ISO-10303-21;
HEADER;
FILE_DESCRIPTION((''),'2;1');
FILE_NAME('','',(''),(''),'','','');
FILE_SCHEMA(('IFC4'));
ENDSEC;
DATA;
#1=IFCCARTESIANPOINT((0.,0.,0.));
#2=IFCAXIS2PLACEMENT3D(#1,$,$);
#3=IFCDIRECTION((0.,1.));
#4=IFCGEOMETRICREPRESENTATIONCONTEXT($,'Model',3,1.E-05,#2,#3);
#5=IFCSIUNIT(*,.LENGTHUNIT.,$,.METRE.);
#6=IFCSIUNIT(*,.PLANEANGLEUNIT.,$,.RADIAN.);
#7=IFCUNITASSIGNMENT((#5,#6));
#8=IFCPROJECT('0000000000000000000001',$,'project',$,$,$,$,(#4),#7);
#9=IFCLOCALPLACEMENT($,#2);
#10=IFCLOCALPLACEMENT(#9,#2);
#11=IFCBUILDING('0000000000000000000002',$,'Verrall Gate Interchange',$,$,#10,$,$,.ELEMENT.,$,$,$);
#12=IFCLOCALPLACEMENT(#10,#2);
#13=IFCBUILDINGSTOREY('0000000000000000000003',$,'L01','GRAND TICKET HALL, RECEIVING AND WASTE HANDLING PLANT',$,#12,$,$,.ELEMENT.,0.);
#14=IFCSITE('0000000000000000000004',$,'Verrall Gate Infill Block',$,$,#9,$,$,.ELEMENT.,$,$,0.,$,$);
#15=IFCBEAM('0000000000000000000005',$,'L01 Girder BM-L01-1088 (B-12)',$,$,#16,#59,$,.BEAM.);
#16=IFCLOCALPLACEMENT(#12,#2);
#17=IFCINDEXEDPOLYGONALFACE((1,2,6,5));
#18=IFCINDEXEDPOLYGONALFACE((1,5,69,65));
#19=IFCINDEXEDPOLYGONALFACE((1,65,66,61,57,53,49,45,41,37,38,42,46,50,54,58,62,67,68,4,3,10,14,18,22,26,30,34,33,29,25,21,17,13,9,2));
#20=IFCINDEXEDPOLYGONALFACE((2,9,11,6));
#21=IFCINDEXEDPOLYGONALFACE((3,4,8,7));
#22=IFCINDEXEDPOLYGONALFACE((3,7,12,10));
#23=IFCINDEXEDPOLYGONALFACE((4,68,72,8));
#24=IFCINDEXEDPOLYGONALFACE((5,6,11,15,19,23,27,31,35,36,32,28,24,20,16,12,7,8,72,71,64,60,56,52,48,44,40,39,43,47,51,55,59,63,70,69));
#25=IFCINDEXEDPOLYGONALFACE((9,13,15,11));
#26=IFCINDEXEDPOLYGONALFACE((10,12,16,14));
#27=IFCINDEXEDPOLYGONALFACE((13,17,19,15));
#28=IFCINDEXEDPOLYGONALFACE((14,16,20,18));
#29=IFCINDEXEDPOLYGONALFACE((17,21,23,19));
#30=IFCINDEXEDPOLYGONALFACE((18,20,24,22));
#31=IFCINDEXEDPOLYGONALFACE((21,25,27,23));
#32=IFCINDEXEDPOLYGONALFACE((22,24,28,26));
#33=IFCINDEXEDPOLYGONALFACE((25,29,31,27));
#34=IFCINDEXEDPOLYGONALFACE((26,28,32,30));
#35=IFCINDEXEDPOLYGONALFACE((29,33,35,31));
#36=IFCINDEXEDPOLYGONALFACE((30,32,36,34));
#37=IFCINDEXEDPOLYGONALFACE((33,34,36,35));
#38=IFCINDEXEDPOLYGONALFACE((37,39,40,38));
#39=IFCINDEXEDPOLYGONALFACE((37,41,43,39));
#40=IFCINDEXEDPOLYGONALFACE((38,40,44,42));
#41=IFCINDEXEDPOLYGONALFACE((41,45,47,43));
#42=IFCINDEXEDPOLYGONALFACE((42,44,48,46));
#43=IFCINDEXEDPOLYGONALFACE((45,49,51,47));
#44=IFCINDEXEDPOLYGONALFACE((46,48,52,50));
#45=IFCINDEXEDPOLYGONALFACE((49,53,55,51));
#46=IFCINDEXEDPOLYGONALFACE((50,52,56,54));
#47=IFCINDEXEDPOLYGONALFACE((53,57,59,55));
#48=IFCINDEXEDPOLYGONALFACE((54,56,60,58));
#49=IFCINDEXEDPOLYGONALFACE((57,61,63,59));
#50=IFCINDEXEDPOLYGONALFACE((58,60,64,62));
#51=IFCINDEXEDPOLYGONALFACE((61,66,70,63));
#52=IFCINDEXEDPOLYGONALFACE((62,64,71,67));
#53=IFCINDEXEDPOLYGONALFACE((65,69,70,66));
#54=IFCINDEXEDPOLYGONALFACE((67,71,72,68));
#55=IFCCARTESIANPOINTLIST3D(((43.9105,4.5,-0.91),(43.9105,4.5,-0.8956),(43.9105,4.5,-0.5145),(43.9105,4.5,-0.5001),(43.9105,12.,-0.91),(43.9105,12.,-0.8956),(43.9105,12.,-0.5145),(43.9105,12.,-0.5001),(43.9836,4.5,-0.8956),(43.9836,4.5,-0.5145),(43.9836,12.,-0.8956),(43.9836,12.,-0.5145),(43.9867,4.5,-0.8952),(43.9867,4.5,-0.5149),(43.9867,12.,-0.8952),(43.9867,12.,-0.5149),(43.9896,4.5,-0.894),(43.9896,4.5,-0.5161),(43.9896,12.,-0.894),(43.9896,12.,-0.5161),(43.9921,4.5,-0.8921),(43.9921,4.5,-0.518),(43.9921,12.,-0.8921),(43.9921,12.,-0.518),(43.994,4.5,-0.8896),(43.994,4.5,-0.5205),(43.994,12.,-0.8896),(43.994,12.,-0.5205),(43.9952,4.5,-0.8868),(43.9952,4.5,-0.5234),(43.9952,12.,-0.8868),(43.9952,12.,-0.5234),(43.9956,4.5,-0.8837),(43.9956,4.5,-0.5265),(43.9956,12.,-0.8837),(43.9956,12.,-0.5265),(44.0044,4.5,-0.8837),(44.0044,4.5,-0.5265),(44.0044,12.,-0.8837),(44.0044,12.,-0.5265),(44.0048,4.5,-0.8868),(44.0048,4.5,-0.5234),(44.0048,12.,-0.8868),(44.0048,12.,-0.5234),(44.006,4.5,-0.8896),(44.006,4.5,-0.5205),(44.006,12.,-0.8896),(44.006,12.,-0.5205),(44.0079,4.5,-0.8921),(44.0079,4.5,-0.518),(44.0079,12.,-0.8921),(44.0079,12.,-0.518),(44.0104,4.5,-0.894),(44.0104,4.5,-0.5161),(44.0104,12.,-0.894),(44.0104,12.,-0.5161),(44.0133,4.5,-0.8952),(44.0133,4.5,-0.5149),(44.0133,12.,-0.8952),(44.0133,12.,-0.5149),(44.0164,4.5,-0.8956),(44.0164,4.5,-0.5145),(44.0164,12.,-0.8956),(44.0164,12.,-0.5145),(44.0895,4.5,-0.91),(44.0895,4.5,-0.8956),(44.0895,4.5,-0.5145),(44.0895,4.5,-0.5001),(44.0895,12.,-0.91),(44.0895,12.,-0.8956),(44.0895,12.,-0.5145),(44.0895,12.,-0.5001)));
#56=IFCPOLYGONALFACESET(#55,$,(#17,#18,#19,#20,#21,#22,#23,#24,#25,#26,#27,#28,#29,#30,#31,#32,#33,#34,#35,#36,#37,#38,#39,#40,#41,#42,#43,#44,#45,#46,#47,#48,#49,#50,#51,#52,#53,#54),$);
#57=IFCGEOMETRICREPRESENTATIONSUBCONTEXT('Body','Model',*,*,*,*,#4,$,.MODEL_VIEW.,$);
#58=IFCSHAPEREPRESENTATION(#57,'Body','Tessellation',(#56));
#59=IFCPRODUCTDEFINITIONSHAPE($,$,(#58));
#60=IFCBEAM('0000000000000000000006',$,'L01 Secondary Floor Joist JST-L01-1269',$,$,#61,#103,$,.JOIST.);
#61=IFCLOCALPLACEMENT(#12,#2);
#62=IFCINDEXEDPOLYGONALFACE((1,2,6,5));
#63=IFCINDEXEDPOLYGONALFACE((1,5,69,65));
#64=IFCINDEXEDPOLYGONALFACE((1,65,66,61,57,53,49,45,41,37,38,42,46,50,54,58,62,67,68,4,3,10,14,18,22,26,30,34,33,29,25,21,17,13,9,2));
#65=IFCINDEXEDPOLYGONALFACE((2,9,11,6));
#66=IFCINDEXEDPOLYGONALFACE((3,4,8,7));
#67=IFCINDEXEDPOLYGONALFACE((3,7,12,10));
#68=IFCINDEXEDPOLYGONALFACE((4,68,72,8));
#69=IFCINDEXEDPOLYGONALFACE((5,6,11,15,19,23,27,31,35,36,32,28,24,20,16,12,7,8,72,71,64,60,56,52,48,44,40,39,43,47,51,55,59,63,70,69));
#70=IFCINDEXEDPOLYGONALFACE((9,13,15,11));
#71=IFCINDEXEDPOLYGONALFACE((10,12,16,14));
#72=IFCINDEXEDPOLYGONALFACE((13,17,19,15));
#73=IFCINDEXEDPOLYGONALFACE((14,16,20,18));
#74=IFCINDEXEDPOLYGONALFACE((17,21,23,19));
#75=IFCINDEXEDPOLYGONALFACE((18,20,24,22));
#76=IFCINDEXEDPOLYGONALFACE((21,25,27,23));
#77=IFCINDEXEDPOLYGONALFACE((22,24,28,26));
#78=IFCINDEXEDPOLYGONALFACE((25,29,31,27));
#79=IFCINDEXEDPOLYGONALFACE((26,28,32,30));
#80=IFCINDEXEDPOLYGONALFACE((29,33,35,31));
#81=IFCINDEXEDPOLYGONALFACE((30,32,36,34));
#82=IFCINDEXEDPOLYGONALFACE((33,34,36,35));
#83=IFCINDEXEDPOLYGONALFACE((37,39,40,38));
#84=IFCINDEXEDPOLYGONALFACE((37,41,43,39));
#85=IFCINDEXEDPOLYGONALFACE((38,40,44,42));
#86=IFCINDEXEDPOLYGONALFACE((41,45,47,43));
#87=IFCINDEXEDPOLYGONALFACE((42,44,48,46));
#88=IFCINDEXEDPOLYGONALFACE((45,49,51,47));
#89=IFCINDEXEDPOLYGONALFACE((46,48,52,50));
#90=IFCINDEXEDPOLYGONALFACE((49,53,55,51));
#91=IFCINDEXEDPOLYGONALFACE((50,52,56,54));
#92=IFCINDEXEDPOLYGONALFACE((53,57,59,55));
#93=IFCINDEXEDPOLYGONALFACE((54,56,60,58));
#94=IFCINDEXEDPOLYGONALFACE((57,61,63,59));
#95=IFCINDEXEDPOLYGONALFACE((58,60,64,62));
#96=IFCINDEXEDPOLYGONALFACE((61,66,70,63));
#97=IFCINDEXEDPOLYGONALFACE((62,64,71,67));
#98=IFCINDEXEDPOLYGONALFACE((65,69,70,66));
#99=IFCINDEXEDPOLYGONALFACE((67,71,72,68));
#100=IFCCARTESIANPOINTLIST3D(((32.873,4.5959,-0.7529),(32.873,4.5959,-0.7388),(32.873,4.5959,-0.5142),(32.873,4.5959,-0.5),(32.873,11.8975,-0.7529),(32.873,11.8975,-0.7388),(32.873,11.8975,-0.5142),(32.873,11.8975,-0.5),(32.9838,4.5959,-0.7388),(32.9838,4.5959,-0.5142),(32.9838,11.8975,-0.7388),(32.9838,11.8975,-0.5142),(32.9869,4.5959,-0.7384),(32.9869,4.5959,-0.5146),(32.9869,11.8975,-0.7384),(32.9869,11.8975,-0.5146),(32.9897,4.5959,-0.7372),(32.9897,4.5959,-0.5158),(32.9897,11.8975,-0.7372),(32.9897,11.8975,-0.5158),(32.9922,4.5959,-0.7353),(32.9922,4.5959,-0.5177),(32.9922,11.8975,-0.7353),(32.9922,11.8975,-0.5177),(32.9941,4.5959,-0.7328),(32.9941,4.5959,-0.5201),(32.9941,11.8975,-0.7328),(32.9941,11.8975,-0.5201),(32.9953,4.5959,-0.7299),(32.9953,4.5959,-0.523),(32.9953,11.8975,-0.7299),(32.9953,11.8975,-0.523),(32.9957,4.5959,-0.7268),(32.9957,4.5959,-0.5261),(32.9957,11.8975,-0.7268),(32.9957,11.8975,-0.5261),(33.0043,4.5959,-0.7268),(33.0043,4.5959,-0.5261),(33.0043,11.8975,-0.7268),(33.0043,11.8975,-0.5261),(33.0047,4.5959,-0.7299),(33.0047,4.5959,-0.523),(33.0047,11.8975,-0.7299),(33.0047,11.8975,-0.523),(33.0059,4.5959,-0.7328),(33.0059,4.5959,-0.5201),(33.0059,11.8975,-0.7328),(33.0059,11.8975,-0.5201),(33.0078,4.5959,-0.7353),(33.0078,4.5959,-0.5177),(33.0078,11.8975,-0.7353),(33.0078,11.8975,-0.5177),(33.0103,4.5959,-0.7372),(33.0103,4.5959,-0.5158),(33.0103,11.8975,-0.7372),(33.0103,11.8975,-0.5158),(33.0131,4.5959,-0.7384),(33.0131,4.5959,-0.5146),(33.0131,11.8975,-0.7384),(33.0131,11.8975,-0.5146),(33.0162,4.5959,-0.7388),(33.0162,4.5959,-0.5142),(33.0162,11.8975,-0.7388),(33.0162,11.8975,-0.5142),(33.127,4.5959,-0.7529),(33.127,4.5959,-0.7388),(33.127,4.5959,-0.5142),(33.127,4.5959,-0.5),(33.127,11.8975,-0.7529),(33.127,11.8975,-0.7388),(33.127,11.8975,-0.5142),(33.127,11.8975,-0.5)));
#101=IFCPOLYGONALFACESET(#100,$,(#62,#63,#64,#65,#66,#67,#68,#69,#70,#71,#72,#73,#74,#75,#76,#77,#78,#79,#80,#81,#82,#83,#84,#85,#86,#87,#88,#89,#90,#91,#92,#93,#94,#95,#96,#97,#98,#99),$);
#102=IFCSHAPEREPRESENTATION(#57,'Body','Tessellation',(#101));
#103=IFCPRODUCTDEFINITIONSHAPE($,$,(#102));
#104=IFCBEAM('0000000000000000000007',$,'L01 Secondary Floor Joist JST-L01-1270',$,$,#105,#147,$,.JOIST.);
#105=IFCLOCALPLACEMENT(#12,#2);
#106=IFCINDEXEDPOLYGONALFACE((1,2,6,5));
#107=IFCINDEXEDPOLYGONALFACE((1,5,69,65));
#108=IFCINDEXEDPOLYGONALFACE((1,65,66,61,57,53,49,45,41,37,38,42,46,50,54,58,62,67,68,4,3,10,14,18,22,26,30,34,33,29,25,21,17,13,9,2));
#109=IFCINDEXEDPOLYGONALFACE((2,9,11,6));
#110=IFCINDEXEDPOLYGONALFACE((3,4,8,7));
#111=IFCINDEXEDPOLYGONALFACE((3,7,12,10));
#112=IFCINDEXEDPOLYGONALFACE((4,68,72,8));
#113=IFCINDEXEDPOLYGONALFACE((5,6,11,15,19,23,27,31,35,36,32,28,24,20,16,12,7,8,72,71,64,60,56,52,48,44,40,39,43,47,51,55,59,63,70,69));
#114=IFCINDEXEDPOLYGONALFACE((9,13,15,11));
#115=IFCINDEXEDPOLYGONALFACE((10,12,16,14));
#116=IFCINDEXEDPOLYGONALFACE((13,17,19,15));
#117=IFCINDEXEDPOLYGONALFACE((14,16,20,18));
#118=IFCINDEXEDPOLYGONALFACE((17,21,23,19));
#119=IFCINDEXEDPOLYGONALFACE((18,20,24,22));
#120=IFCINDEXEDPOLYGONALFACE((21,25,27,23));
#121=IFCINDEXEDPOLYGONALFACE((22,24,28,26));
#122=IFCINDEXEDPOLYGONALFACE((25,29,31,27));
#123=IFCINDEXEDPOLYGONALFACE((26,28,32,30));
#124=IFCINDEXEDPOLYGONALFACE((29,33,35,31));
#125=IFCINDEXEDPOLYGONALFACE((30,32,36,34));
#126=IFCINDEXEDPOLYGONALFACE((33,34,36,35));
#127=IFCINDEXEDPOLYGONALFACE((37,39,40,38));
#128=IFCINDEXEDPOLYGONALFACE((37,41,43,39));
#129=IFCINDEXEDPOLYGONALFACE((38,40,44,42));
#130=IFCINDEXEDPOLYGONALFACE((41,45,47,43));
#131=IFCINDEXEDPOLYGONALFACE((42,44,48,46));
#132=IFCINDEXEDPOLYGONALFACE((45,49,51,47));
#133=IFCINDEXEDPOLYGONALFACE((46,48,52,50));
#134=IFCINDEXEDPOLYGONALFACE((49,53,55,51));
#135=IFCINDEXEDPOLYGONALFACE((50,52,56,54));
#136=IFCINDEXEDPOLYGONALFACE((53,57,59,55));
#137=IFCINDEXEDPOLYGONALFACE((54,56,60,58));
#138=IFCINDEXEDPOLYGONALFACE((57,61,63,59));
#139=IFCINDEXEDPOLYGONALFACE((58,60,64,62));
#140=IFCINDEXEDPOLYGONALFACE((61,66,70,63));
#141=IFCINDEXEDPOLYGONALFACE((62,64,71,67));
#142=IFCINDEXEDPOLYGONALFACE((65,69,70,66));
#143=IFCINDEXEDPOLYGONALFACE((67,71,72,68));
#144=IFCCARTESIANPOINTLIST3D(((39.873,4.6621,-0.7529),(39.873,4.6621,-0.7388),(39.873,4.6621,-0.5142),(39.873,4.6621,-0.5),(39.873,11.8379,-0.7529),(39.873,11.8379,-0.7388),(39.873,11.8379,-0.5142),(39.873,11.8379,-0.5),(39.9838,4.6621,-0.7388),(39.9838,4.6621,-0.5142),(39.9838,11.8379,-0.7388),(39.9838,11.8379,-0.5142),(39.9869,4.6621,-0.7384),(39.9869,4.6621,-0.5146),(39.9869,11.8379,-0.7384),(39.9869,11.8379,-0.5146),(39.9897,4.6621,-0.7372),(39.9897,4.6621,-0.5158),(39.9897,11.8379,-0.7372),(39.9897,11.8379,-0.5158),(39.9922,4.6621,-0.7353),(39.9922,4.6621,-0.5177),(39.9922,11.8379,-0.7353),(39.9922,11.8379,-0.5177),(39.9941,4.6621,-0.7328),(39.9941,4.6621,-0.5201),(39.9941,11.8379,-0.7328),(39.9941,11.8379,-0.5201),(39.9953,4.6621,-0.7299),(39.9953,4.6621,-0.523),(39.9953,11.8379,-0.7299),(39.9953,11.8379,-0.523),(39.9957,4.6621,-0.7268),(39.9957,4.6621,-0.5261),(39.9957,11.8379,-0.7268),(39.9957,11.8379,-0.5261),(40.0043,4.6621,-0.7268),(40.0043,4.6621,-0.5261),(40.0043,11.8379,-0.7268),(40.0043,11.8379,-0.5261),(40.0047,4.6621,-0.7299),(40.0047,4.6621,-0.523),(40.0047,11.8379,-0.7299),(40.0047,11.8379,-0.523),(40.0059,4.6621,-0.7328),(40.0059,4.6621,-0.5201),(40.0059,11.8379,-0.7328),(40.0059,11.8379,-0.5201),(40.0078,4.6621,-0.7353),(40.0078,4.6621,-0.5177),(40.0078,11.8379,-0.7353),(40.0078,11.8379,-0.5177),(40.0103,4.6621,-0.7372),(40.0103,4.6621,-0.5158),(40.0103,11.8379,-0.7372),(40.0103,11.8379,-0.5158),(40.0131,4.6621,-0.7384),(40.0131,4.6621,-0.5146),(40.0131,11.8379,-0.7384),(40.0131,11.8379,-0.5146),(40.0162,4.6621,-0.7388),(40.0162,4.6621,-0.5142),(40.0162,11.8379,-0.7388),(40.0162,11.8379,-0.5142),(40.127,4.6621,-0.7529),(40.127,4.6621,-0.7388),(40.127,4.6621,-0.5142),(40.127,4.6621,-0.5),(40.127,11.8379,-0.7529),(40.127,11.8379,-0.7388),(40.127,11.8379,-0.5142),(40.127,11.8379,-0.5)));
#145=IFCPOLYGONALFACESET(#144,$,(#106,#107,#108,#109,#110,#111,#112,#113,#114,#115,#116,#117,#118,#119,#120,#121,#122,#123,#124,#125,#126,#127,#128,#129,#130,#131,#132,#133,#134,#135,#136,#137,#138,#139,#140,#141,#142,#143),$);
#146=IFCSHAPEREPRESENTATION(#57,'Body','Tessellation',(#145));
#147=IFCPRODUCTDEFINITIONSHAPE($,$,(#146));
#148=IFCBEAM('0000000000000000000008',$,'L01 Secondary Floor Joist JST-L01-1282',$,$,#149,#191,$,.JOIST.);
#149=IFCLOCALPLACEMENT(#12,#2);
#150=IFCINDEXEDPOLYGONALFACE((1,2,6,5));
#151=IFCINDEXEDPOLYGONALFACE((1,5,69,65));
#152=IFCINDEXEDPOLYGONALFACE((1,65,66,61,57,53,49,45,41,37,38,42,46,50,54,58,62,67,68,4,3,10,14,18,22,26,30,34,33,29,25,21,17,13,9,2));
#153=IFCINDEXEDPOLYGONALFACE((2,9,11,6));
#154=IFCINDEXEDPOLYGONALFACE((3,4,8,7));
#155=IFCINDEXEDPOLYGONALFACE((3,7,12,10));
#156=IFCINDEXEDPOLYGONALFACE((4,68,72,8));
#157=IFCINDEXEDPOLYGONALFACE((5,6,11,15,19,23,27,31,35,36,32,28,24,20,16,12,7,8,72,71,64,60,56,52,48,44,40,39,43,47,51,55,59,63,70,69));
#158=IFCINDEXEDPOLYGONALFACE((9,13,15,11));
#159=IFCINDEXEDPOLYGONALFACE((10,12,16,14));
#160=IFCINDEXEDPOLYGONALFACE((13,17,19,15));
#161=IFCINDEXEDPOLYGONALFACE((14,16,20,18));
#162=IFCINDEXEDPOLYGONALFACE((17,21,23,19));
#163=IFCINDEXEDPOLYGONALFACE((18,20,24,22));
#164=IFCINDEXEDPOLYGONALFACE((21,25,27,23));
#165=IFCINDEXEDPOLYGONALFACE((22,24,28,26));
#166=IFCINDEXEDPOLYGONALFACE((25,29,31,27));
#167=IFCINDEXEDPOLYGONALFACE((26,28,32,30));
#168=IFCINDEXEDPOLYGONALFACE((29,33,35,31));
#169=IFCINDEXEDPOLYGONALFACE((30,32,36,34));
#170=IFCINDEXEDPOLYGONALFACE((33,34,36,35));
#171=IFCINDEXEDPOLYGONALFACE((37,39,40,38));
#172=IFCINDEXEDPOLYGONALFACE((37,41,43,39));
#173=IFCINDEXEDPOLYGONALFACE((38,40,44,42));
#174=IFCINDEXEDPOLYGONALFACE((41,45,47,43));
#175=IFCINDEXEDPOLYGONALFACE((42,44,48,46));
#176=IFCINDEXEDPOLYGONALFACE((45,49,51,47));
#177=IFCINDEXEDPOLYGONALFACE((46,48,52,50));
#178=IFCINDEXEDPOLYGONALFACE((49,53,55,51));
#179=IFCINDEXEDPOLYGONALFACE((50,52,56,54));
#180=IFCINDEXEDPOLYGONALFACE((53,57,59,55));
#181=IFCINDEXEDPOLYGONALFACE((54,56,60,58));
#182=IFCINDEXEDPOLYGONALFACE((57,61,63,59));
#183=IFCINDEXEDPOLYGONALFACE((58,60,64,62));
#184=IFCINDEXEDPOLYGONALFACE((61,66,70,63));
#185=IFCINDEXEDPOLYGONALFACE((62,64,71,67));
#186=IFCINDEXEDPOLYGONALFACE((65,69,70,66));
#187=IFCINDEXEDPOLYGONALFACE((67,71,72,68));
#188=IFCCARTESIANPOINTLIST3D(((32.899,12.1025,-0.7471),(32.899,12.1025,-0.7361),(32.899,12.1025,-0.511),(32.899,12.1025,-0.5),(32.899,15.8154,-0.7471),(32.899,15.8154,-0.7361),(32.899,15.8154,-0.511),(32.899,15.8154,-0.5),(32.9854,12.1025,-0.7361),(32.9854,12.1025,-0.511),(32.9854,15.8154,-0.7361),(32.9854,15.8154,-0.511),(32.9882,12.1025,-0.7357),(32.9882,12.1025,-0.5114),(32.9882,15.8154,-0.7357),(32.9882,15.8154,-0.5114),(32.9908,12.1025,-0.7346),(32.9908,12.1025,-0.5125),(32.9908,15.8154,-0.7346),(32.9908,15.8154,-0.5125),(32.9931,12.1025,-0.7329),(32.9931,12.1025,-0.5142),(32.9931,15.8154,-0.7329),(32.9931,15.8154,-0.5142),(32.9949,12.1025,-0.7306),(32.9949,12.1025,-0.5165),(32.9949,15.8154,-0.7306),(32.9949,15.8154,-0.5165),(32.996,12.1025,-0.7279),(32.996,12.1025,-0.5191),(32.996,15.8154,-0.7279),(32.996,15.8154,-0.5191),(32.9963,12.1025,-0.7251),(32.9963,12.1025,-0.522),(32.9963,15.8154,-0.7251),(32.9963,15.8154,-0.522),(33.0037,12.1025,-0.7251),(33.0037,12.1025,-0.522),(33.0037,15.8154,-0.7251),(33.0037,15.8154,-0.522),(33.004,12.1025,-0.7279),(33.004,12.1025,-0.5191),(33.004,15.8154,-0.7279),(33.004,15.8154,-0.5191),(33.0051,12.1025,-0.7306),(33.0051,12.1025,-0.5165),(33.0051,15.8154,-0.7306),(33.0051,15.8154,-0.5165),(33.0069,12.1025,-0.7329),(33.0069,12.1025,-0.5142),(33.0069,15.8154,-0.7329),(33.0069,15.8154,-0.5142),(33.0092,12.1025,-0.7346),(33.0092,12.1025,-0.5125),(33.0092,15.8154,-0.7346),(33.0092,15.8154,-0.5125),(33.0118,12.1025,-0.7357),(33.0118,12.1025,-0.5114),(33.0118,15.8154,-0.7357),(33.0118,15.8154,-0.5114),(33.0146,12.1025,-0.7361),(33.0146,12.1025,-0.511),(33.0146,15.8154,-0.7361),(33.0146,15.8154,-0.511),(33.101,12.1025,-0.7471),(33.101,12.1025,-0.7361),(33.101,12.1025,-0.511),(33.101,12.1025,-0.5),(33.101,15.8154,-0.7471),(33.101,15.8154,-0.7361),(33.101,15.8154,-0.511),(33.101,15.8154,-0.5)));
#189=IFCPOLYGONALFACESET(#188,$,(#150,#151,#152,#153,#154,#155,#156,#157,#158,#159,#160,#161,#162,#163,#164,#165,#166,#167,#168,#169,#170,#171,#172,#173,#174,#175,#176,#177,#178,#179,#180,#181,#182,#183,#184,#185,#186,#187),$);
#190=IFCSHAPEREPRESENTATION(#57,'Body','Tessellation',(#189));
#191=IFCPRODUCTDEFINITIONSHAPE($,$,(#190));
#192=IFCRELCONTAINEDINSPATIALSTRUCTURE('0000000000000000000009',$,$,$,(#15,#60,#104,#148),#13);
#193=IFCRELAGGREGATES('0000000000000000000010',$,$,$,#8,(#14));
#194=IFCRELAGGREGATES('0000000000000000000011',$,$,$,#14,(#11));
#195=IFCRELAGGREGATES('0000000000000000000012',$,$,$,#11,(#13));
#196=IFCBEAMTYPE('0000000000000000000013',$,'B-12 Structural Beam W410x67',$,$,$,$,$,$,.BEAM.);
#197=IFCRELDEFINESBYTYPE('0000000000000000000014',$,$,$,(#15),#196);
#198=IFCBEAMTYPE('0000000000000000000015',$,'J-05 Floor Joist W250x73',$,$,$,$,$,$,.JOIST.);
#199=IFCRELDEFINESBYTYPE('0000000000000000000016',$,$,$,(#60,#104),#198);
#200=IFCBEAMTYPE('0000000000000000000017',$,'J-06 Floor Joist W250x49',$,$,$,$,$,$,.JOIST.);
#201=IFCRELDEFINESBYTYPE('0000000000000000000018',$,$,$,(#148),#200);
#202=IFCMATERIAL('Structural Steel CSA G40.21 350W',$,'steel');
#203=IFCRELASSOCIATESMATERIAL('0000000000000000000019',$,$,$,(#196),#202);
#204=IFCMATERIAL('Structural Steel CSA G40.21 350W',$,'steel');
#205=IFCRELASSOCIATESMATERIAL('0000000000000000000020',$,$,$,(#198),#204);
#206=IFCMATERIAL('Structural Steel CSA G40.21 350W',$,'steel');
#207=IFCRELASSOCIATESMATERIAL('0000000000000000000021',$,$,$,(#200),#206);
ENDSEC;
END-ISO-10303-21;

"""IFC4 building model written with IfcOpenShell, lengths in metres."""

from ifc_helpers import new_model, si_unit, direction, frame, origin, origin_2d, place, context, subcontext, project, spatial, i_section, extrude, material, material_profile, profile_set, type_object, element, save


model = new_model("IFC4")

# Units and contexts
model_context = context("Model", 3, precision=1e-05, world=origin(), true_north=direction((0.0, 1.0)))
body_context = subcontext(model_context, "Body", "Model", "MODEL_VIEW")
ifc_project = project(units=[si_unit("LENGTHUNIT", "METRE"), si_unit("PLANEANGLEUNIT", "RADIAN")], contexts=[model_context])

# Site, building, storey
site_placement = place(None, origin())
site = spatial("IfcSite", under=ifc_project, at=site_placement, Name="Verrall Gate Infill Block", CompositionType="ELEMENT", RefElevation=0.0)
building_placement = place(site_placement, origin())
building = spatial("IfcBuilding", under=site, at=building_placement, Name="Verrall Gate Interchange", CompositionType="ELEMENT")
storey_placement = place(building_placement, origin())
storey = spatial("IfcBuildingStorey", under=building, at=storey_placement, Name="L01", Description="GRAND TICKET HALL, RECEIVING AND WASTE HANDLING PLANT", CompositionType="ELEMENT", Elevation=0.0)

# Beams
ifc_material_1 = material(Name="Structural Steel CSA G40.21 350W", Category="steel")
ifc_material_profile_1 = material_profile(ifc_material_1, i_section(OverallWidth=0.179, OverallDepth=0.4099, WebThickness=0.0088, FlangeThickness=0.0144, FilletRadius=0.012, at=origin_2d()), Name="W410x67")
ifc_profile_set_1 = profile_set([ifc_material_profile_1], Name="Structural Steel CSA G40.21 350W")
beam_type_1 = type_object("IfcBeamType", Name="B-12 Structural Beam W410x67", PredefinedType="BEAM", material=ifc_profile_set_1)
beam_1_placement = place(storey_placement, frame((44.0, 4.5, -0.7051), z_axis=(0.0, 1.0, 0.0), x_axis=(-1.0, 0.0, 0.0)))
element("IfcBeam", 1, at=beam_1_placement, inside=storey, type_object=beam_type_1, Name="L01 Girder BM-L01-1088 (B-12)", PredefinedType="BEAM", context=body_context, shape_type="SweptSolid", body=[
    extrude(i_section(OverallWidth=0.179, OverallDepth=0.4099, WebThickness=0.0088, FlangeThickness=0.0144, FilletRadius=0.012, at=origin_2d()), origin(), (0.0, 0.0, 1.0), 7.5),
])
ifc_material_2 = material(Name="Structural Steel CSA G40.21 350W", Category="steel")
ifc_material_profile_2 = material_profile(ifc_material_2, i_section(OverallWidth=0.2539, OverallDepth=0.2529, WebThickness=0.0085, FlangeThickness=0.0142, FilletRadius=0.012, at=origin_2d()), Name="W250x73")
ifc_profile_set_2 = profile_set([ifc_material_profile_2], Name="Structural Steel CSA G40.21 350W")
beam_type_2 = type_object("IfcBeamType", Name="J-05 Floor Joist W250x73", PredefinedType="JOIST", material=ifc_profile_set_2)
beam_2_placement = place(storey_placement, frame((33.0, 4.5959, -0.6265), z_axis=(0.0, 1.0, 0.0), x_axis=(-1.0, 0.0, 0.0)))
element("IfcBeam", 2, at=beam_2_placement, inside=storey, type_object=beam_type_2, Name="L01 Secondary Floor Joist JST-L01-1269", PredefinedType="JOIST", context=body_context, shape_type="SweptSolid", body=[
    extrude(i_section(OverallWidth=0.2539, OverallDepth=0.2529, WebThickness=0.0085, FlangeThickness=0.0142, FilletRadius=0.012, at=origin_2d()), origin(), (0.0, 0.0, 1.0), 7.3015),
])
beam_3_placement = place(storey_placement, frame((40.0, 4.6621, -0.6265), z_axis=(0.0, 1.0, 0.0), x_axis=(-1.0, 0.0, 0.0)))
element("IfcBeam", 3, at=beam_3_placement, inside=storey, type_object=beam_type_2, Name="L01 Secondary Floor Joist JST-L01-1270", PredefinedType="JOIST", context=body_context, shape_type="SweptSolid", body=[
    extrude(i_section(OverallWidth=0.2539, OverallDepth=0.2529, WebThickness=0.0085, FlangeThickness=0.0142, FilletRadius=0.012, at=origin_2d()), origin(), (0.0, 0.0, 1.0), 7.1758),
])
ifc_material_3 = material(Name="Structural Steel CSA G40.21 350W", Category="steel")
ifc_material_profile_3 = material_profile(ifc_material_3, i_section(OverallWidth=0.2019, OverallDepth=0.2471, WebThickness=0.0073, FlangeThickness=0.011, FilletRadius=0.011, at=origin_2d()), Name="W250x49")
ifc_profile_set_3 = profile_set([ifc_material_profile_3], Name="Structural Steel CSA G40.21 350W")
beam_type_3 = type_object("IfcBeamType", Name="J-06 Floor Joist W250x49", PredefinedType="JOIST", material=ifc_profile_set_3)
beam_4_placement = place(storey_placement, frame((33.0, 12.1025, -0.6235), z_axis=(0.0, 1.0, 0.0), x_axis=(-1.0, 0.0, 0.0)))
element("IfcBeam", 4, at=beam_4_placement, inside=storey, type_object=beam_type_3, Name="L01 Secondary Floor Joist JST-L01-1282", PredefinedType="JOIST", context=body_context, shape_type="SweptSolid", body=[
    extrude(i_section(OverallWidth=0.2019, OverallDepth=0.2471, WebThickness=0.0073, FlangeThickness=0.011, FilletRadius=0.011, at=origin_2d()), origin(), (0.0, 0.0, 1.0), 3.7129),
])

save(model, "model.ifc")
